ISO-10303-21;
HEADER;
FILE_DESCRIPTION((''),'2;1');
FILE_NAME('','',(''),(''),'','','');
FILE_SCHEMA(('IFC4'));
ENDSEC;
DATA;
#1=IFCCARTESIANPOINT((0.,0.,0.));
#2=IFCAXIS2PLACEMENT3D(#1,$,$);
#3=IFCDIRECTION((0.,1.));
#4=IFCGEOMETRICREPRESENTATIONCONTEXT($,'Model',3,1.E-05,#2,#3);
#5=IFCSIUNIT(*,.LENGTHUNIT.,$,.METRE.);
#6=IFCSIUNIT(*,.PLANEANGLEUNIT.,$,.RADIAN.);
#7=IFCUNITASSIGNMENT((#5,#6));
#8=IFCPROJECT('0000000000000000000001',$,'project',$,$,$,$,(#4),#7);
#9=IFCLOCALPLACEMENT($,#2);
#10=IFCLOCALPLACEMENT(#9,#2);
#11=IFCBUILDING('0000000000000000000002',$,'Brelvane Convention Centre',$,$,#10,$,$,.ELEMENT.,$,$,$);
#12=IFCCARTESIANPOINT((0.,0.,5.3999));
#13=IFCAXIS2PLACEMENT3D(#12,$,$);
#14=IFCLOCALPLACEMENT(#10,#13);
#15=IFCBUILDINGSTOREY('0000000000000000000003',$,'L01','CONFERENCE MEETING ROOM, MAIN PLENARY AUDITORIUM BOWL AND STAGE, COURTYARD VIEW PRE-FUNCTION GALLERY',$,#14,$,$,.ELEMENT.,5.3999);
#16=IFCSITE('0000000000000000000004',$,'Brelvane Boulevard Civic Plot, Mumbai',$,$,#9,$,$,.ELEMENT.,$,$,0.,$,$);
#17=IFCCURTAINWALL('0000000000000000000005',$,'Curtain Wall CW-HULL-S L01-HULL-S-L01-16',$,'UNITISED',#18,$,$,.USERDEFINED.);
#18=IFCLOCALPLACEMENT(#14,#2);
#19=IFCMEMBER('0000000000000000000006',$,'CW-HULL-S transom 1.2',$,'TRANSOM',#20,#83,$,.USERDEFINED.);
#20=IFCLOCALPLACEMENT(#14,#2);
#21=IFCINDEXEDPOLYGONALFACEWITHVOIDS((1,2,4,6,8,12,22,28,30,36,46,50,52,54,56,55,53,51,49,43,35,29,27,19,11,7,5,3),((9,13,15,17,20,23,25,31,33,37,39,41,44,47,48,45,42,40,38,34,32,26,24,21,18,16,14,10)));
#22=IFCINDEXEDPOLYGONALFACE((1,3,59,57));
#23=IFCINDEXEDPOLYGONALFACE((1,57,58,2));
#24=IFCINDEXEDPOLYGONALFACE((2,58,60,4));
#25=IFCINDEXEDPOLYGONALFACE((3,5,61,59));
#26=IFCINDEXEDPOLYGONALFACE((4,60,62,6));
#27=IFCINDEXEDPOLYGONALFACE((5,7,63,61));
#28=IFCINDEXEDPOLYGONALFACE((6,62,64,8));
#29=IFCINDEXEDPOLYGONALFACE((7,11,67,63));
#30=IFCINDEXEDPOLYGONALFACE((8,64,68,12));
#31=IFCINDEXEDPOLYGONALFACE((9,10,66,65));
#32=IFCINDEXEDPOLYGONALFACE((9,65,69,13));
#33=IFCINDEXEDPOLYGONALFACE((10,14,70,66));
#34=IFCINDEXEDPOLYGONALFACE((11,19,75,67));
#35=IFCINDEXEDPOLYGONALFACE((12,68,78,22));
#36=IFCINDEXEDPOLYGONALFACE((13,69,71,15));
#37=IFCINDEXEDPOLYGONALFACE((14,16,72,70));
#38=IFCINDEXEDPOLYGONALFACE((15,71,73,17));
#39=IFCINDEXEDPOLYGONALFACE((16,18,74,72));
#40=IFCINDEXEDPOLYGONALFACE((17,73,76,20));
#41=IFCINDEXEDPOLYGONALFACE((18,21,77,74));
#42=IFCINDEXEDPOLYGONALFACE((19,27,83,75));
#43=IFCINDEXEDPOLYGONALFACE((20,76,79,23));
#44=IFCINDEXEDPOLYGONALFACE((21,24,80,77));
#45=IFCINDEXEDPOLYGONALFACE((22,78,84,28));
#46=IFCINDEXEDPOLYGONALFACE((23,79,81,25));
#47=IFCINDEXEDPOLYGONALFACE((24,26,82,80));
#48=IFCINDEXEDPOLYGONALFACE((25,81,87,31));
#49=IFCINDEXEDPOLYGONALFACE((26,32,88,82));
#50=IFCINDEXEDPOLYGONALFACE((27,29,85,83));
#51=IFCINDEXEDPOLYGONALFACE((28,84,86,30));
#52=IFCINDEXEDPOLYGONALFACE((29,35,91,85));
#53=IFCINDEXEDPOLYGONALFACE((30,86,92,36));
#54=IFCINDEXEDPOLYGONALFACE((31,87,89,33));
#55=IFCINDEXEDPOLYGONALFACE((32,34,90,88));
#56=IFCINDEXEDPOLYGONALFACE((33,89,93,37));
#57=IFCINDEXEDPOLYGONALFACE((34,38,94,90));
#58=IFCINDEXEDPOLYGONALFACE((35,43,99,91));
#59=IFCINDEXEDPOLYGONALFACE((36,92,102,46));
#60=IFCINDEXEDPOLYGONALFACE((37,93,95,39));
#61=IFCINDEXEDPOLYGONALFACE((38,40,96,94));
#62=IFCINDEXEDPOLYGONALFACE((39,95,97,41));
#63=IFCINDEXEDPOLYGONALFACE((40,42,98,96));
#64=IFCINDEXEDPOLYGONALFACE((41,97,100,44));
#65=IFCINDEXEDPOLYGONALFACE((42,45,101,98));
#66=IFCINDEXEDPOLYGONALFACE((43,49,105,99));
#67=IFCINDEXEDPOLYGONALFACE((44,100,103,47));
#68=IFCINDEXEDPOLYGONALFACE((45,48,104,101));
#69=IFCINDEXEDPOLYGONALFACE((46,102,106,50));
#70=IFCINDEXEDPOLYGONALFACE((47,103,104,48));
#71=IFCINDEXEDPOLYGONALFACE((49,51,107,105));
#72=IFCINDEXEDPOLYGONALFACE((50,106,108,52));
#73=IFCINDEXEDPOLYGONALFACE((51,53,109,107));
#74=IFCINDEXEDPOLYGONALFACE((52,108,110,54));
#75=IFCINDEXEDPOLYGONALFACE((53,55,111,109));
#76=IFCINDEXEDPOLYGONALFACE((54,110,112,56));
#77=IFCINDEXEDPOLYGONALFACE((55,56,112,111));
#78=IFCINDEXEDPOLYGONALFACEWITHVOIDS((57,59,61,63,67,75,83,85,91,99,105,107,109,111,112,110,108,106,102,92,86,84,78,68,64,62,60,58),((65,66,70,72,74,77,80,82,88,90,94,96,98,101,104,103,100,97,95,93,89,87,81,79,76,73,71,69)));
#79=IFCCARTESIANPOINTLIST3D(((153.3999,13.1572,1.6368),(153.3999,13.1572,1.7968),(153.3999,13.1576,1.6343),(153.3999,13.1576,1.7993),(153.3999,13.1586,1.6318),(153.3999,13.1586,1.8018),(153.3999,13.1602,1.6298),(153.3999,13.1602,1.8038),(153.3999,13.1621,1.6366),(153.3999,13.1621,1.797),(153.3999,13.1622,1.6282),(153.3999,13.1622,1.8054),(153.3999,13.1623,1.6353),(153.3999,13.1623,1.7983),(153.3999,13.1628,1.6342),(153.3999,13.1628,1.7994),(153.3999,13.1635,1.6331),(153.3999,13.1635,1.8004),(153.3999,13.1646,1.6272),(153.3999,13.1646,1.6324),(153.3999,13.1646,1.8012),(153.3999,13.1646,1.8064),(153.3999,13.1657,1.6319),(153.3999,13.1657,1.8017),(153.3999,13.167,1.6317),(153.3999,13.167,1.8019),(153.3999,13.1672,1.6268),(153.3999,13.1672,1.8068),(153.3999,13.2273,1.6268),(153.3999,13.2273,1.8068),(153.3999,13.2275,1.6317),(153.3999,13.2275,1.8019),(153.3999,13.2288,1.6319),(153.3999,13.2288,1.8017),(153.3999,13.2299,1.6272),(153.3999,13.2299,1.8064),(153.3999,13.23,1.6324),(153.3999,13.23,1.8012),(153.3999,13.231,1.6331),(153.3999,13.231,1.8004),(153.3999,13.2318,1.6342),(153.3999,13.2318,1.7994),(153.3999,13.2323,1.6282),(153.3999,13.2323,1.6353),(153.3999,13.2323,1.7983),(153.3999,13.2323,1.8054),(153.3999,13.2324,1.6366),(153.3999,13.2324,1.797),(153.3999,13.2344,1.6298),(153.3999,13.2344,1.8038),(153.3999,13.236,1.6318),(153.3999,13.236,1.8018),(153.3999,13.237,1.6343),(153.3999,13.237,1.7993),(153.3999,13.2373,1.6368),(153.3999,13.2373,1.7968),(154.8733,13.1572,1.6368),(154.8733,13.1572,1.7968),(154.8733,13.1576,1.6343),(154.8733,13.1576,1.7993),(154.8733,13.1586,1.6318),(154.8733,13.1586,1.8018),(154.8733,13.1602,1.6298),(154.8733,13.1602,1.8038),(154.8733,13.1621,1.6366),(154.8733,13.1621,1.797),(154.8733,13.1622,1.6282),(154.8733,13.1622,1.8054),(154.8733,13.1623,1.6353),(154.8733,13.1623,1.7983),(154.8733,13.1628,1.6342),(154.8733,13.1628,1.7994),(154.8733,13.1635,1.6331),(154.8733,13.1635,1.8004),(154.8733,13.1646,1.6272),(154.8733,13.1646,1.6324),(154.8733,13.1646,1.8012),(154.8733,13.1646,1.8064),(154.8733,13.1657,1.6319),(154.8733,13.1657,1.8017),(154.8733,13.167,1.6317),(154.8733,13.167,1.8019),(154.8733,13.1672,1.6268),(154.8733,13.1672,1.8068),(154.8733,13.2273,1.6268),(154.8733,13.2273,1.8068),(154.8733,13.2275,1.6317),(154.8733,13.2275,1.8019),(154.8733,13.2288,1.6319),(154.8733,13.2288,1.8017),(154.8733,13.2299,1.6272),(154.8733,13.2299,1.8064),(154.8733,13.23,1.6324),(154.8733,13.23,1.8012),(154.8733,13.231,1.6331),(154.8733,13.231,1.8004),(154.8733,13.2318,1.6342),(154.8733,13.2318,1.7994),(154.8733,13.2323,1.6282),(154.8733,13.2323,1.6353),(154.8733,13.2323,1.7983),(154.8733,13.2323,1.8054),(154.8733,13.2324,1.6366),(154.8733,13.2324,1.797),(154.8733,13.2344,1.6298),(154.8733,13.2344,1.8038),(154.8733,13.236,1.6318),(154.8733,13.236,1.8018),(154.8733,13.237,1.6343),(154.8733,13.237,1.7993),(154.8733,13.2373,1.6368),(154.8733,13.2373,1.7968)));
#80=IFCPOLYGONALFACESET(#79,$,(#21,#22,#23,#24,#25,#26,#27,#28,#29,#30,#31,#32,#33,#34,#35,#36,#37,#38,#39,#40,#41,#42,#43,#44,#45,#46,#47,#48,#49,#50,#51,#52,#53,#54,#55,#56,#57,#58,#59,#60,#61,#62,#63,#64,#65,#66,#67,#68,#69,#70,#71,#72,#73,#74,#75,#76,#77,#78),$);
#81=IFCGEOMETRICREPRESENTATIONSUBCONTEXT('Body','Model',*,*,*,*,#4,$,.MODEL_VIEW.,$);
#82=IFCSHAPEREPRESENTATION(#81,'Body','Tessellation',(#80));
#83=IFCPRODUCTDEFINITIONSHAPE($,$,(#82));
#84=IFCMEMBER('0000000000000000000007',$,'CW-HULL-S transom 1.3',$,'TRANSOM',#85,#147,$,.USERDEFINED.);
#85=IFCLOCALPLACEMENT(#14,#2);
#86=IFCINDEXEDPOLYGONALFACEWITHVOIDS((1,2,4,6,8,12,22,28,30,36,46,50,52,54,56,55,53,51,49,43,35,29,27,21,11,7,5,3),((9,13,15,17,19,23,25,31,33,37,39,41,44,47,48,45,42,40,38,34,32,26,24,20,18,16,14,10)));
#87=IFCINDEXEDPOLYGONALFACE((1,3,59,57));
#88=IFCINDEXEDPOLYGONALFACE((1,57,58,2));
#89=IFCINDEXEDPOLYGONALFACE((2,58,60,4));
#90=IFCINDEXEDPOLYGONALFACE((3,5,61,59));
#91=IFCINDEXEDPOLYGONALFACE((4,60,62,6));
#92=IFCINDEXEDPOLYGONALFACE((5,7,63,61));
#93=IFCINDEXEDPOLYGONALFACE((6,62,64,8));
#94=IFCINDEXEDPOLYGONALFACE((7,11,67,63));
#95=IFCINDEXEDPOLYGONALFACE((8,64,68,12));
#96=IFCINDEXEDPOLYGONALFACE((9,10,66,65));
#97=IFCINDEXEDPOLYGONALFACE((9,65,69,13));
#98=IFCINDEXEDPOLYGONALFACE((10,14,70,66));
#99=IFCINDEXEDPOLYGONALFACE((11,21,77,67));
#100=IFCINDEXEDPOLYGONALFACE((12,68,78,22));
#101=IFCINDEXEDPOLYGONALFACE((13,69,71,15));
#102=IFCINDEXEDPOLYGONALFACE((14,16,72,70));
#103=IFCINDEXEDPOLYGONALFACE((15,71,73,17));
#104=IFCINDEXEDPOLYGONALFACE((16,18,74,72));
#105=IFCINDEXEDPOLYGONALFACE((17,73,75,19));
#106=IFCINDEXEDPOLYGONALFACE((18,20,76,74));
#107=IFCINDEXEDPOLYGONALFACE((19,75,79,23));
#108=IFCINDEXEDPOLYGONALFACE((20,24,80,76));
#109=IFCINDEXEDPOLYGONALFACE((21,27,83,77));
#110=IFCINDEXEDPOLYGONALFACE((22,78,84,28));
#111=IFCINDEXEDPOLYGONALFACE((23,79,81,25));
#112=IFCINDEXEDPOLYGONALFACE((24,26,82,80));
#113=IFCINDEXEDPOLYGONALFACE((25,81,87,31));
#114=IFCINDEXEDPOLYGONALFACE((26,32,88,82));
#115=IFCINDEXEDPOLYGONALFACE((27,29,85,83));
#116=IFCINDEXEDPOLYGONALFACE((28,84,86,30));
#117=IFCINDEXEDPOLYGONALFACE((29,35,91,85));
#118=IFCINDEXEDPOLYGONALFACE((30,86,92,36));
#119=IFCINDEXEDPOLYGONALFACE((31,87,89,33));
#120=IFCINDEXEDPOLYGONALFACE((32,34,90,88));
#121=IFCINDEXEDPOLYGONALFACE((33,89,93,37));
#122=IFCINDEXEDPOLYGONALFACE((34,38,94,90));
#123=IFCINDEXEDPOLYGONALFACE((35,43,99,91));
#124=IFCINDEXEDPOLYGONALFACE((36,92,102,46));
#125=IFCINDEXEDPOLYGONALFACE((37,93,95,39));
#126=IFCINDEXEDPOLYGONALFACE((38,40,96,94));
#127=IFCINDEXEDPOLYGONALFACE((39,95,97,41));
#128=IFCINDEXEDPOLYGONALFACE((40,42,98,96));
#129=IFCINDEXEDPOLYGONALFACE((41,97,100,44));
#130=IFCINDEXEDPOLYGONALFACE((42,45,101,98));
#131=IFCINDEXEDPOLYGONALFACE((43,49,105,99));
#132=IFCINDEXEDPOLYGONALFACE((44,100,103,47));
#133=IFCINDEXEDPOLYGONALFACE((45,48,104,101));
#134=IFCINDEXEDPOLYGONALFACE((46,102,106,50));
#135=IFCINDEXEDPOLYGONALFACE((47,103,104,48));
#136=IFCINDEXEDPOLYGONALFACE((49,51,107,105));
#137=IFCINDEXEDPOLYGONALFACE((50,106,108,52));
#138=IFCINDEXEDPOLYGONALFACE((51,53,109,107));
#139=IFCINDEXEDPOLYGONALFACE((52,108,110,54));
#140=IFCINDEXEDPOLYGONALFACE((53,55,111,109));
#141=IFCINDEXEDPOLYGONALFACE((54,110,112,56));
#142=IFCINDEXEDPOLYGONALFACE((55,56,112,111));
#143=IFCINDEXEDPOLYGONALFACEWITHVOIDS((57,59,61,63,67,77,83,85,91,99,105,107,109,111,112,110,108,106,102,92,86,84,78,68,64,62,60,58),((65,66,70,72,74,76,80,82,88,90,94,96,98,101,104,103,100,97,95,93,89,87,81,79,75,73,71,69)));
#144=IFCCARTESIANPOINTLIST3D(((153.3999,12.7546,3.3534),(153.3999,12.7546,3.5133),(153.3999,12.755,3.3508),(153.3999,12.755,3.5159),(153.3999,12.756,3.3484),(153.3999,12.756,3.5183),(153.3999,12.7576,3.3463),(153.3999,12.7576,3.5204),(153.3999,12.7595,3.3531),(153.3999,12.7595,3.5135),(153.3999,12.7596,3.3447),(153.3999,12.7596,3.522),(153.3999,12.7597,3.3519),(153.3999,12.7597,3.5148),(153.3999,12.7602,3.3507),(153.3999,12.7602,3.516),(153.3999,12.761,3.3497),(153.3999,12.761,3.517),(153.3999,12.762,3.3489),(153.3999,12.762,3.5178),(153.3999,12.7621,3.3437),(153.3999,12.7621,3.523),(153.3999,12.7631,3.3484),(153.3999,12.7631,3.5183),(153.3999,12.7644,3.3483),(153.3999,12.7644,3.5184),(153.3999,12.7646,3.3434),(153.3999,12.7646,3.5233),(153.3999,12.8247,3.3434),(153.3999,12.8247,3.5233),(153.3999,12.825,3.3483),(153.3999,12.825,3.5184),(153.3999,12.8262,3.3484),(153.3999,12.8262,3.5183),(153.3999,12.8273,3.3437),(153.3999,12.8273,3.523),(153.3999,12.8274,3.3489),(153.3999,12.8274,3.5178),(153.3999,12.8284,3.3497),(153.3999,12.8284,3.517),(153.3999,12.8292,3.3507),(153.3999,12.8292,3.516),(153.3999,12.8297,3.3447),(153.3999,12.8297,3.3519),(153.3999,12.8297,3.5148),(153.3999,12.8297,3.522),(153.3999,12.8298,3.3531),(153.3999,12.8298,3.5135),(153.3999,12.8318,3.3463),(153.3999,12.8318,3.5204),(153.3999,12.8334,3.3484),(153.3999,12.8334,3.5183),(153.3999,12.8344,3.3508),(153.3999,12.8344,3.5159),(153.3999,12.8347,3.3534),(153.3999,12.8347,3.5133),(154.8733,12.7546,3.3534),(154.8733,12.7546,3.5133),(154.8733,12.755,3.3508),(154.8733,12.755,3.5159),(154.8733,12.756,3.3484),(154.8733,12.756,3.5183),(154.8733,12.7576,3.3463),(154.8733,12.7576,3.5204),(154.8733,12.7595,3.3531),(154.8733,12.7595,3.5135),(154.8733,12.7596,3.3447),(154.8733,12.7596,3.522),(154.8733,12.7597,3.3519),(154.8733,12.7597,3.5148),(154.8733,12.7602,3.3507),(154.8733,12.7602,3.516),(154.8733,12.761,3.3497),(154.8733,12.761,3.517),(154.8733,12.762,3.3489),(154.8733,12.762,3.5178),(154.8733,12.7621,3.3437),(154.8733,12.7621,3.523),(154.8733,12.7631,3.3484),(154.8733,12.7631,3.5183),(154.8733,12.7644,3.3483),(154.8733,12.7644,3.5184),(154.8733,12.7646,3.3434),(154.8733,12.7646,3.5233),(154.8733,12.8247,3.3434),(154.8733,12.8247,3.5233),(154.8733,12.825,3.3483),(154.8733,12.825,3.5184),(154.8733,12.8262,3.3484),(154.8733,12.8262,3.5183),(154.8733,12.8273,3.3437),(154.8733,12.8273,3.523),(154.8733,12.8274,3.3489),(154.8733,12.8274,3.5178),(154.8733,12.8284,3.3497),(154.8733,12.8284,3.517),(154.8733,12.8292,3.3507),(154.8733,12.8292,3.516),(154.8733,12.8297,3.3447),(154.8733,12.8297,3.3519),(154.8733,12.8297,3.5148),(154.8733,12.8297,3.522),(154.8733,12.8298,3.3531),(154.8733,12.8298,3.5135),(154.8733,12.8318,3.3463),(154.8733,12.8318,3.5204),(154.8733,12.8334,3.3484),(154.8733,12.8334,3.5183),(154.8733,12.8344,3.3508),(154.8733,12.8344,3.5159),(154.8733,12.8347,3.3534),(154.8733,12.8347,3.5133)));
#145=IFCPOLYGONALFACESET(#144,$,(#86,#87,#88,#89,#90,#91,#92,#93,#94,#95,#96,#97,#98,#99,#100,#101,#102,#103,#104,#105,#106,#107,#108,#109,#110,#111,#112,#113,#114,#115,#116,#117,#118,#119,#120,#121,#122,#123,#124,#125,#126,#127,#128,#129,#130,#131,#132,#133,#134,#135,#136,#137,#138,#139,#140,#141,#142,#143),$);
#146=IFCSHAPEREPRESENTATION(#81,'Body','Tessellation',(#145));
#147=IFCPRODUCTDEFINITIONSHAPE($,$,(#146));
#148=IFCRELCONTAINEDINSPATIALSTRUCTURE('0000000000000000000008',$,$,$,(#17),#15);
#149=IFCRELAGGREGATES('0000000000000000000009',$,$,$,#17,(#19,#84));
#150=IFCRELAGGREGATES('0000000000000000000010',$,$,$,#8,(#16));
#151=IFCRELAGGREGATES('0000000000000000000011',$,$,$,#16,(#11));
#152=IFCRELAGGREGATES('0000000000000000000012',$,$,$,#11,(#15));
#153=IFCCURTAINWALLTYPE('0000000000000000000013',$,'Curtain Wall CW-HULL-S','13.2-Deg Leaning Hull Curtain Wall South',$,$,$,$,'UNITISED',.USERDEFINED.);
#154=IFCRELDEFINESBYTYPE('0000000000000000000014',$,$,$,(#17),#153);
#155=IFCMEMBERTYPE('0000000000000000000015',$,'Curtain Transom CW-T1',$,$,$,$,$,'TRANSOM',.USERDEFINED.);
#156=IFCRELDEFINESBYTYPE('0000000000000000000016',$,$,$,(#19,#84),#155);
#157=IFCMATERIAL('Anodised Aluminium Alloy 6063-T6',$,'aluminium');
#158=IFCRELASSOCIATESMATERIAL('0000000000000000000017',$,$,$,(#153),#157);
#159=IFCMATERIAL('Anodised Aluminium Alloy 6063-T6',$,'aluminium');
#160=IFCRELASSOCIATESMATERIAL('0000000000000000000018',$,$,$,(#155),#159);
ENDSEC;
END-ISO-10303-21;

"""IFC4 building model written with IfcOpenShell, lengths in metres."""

from ifc_helpers import new_model, si_unit, direction, frame, origin, origin_2d, place, context, subcontext, project, spatial, hollow_rectangle, extrude, material, material_profile, profile_set, type_object, element, aggregate, save


model = new_model("IFC4")

# Units and contexts
model_context = context("Model", 3, precision=1e-05, world=origin(), true_north=direction((0.0, 1.0)))
body_context = subcontext(model_context, "Body", "Model", "MODEL_VIEW")
ifc_project = project(units=[si_unit("LENGTHUNIT", "METRE"), si_unit("PLANEANGLEUNIT", "RADIAN")], contexts=[model_context])

# Site, building, storey
site_placement = place(None, origin())
site = spatial("IfcSite", under=ifc_project, at=site_placement, Name="Brelvane Boulevard Civic Plot, Mumbai", CompositionType="ELEMENT", RefElevation=0.0)
building_placement = place(site_placement, origin())
building = spatial("IfcBuilding", under=site, at=building_placement, Name="Brelvane Convention Centre", CompositionType="ELEMENT")
storey_placement = place(building_placement, frame((0.0, 0.0, 5.3999)))
storey = spatial("IfcBuildingStorey", under=building, at=storey_placement, Name="L01", Description="CONFERENCE MEETING ROOM, MAIN PLENARY AUDITORIUM BOWL AND STAGE, COURTYARD VIEW PRE-FUNCTION GALLERY", CompositionType="ELEMENT", Elevation=5.3999)

# Shared definitions
ifc_material_1 = material(Name="Anodised Aluminium Alloy 6063-T6", Category="aluminium")
curtain_wall_type = type_object("IfcCurtainWallType", Name="Curtain Wall CW-HULL-S", Description="13.2-Deg Leaning Hull Curtain Wall South", ElementType="UNITISED", PredefinedType="USERDEFINED", material=ifc_material_1)
ifc_material_2 = material(Name="Anodised Aluminium Alloy 6063-T6", Category="aluminium")
ifc_material_profile = material_profile(ifc_material_2, hollow_rectangle(XDim=0.0801, YDim=0.1799, WallThickness=0.0049, InnerFilletRadius=0.0049, OuterFilletRadius=0.01, at=origin_2d()), Name="ALU-T 180x80x5.0")
ifc_profile_set = profile_set([ifc_material_profile], Name="Anodised Aluminium Alloy 6063-T6")
member_type = type_object("IfcMemberType", Name="Curtain Transom CW-T1", ElementType="TRANSOM", PredefinedType="USERDEFINED", material=ifc_profile_set)

# Curtain wall, members
curtain_wall_1_placement = place(storey_placement, origin())
curtain_wall_1 = element("IfcCurtainWall", 1, at=curtain_wall_1_placement, inside=storey, type_object=curtain_wall_type, Name="Curtain Wall CW-HULL-S L01-HULL-S-L01-16", ObjectType="UNITISED", PredefinedType="USERDEFINED")
member_1_placement = place(storey_placement, frame((153.3999, 13.1973, 1.7168), z_axis=(1.0, 0.0, 0.0), x_axis=(0.0, 1.0, 0.0)))
member_1 = element("IfcMember", 2, at=member_1_placement, type_object=member_type, Name="CW-HULL-S transom 1.2", ObjectType="TRANSOM", PredefinedType="USERDEFINED", context=body_context, shape_type="SweptSolid", body=[
    extrude(hollow_rectangle(XDim=0.0801, YDim=0.1799, WallThickness=0.0049, InnerFilletRadius=0.0049, OuterFilletRadius=0.01, at=origin_2d()), origin(), (0.0, 0.0, 1.0), 1.4734),
])
member_2_placement = place(storey_placement, frame((153.3999, 12.7947, 3.4333), z_axis=(1.0, 0.0, 0.0), x_axis=(0.0, 1.0, 0.0)))
member_2 = element("IfcMember", 3, at=member_2_placement, type_object=member_type, Name="CW-HULL-S transom 1.3", ObjectType="TRANSOM", PredefinedType="USERDEFINED", context=body_context, shape_type="SweptSolid", body=[
    extrude(hollow_rectangle(XDim=0.0801, YDim=0.1799, WallThickness=0.0049, InnerFilletRadius=0.0049, OuterFilletRadius=0.01, at=origin_2d()), origin(), (0.0, 0.0, 1.0), 1.4734),
])

aggregate(curtain_wall_1, [member_1, member_2])

save(model, "model.ifc")
